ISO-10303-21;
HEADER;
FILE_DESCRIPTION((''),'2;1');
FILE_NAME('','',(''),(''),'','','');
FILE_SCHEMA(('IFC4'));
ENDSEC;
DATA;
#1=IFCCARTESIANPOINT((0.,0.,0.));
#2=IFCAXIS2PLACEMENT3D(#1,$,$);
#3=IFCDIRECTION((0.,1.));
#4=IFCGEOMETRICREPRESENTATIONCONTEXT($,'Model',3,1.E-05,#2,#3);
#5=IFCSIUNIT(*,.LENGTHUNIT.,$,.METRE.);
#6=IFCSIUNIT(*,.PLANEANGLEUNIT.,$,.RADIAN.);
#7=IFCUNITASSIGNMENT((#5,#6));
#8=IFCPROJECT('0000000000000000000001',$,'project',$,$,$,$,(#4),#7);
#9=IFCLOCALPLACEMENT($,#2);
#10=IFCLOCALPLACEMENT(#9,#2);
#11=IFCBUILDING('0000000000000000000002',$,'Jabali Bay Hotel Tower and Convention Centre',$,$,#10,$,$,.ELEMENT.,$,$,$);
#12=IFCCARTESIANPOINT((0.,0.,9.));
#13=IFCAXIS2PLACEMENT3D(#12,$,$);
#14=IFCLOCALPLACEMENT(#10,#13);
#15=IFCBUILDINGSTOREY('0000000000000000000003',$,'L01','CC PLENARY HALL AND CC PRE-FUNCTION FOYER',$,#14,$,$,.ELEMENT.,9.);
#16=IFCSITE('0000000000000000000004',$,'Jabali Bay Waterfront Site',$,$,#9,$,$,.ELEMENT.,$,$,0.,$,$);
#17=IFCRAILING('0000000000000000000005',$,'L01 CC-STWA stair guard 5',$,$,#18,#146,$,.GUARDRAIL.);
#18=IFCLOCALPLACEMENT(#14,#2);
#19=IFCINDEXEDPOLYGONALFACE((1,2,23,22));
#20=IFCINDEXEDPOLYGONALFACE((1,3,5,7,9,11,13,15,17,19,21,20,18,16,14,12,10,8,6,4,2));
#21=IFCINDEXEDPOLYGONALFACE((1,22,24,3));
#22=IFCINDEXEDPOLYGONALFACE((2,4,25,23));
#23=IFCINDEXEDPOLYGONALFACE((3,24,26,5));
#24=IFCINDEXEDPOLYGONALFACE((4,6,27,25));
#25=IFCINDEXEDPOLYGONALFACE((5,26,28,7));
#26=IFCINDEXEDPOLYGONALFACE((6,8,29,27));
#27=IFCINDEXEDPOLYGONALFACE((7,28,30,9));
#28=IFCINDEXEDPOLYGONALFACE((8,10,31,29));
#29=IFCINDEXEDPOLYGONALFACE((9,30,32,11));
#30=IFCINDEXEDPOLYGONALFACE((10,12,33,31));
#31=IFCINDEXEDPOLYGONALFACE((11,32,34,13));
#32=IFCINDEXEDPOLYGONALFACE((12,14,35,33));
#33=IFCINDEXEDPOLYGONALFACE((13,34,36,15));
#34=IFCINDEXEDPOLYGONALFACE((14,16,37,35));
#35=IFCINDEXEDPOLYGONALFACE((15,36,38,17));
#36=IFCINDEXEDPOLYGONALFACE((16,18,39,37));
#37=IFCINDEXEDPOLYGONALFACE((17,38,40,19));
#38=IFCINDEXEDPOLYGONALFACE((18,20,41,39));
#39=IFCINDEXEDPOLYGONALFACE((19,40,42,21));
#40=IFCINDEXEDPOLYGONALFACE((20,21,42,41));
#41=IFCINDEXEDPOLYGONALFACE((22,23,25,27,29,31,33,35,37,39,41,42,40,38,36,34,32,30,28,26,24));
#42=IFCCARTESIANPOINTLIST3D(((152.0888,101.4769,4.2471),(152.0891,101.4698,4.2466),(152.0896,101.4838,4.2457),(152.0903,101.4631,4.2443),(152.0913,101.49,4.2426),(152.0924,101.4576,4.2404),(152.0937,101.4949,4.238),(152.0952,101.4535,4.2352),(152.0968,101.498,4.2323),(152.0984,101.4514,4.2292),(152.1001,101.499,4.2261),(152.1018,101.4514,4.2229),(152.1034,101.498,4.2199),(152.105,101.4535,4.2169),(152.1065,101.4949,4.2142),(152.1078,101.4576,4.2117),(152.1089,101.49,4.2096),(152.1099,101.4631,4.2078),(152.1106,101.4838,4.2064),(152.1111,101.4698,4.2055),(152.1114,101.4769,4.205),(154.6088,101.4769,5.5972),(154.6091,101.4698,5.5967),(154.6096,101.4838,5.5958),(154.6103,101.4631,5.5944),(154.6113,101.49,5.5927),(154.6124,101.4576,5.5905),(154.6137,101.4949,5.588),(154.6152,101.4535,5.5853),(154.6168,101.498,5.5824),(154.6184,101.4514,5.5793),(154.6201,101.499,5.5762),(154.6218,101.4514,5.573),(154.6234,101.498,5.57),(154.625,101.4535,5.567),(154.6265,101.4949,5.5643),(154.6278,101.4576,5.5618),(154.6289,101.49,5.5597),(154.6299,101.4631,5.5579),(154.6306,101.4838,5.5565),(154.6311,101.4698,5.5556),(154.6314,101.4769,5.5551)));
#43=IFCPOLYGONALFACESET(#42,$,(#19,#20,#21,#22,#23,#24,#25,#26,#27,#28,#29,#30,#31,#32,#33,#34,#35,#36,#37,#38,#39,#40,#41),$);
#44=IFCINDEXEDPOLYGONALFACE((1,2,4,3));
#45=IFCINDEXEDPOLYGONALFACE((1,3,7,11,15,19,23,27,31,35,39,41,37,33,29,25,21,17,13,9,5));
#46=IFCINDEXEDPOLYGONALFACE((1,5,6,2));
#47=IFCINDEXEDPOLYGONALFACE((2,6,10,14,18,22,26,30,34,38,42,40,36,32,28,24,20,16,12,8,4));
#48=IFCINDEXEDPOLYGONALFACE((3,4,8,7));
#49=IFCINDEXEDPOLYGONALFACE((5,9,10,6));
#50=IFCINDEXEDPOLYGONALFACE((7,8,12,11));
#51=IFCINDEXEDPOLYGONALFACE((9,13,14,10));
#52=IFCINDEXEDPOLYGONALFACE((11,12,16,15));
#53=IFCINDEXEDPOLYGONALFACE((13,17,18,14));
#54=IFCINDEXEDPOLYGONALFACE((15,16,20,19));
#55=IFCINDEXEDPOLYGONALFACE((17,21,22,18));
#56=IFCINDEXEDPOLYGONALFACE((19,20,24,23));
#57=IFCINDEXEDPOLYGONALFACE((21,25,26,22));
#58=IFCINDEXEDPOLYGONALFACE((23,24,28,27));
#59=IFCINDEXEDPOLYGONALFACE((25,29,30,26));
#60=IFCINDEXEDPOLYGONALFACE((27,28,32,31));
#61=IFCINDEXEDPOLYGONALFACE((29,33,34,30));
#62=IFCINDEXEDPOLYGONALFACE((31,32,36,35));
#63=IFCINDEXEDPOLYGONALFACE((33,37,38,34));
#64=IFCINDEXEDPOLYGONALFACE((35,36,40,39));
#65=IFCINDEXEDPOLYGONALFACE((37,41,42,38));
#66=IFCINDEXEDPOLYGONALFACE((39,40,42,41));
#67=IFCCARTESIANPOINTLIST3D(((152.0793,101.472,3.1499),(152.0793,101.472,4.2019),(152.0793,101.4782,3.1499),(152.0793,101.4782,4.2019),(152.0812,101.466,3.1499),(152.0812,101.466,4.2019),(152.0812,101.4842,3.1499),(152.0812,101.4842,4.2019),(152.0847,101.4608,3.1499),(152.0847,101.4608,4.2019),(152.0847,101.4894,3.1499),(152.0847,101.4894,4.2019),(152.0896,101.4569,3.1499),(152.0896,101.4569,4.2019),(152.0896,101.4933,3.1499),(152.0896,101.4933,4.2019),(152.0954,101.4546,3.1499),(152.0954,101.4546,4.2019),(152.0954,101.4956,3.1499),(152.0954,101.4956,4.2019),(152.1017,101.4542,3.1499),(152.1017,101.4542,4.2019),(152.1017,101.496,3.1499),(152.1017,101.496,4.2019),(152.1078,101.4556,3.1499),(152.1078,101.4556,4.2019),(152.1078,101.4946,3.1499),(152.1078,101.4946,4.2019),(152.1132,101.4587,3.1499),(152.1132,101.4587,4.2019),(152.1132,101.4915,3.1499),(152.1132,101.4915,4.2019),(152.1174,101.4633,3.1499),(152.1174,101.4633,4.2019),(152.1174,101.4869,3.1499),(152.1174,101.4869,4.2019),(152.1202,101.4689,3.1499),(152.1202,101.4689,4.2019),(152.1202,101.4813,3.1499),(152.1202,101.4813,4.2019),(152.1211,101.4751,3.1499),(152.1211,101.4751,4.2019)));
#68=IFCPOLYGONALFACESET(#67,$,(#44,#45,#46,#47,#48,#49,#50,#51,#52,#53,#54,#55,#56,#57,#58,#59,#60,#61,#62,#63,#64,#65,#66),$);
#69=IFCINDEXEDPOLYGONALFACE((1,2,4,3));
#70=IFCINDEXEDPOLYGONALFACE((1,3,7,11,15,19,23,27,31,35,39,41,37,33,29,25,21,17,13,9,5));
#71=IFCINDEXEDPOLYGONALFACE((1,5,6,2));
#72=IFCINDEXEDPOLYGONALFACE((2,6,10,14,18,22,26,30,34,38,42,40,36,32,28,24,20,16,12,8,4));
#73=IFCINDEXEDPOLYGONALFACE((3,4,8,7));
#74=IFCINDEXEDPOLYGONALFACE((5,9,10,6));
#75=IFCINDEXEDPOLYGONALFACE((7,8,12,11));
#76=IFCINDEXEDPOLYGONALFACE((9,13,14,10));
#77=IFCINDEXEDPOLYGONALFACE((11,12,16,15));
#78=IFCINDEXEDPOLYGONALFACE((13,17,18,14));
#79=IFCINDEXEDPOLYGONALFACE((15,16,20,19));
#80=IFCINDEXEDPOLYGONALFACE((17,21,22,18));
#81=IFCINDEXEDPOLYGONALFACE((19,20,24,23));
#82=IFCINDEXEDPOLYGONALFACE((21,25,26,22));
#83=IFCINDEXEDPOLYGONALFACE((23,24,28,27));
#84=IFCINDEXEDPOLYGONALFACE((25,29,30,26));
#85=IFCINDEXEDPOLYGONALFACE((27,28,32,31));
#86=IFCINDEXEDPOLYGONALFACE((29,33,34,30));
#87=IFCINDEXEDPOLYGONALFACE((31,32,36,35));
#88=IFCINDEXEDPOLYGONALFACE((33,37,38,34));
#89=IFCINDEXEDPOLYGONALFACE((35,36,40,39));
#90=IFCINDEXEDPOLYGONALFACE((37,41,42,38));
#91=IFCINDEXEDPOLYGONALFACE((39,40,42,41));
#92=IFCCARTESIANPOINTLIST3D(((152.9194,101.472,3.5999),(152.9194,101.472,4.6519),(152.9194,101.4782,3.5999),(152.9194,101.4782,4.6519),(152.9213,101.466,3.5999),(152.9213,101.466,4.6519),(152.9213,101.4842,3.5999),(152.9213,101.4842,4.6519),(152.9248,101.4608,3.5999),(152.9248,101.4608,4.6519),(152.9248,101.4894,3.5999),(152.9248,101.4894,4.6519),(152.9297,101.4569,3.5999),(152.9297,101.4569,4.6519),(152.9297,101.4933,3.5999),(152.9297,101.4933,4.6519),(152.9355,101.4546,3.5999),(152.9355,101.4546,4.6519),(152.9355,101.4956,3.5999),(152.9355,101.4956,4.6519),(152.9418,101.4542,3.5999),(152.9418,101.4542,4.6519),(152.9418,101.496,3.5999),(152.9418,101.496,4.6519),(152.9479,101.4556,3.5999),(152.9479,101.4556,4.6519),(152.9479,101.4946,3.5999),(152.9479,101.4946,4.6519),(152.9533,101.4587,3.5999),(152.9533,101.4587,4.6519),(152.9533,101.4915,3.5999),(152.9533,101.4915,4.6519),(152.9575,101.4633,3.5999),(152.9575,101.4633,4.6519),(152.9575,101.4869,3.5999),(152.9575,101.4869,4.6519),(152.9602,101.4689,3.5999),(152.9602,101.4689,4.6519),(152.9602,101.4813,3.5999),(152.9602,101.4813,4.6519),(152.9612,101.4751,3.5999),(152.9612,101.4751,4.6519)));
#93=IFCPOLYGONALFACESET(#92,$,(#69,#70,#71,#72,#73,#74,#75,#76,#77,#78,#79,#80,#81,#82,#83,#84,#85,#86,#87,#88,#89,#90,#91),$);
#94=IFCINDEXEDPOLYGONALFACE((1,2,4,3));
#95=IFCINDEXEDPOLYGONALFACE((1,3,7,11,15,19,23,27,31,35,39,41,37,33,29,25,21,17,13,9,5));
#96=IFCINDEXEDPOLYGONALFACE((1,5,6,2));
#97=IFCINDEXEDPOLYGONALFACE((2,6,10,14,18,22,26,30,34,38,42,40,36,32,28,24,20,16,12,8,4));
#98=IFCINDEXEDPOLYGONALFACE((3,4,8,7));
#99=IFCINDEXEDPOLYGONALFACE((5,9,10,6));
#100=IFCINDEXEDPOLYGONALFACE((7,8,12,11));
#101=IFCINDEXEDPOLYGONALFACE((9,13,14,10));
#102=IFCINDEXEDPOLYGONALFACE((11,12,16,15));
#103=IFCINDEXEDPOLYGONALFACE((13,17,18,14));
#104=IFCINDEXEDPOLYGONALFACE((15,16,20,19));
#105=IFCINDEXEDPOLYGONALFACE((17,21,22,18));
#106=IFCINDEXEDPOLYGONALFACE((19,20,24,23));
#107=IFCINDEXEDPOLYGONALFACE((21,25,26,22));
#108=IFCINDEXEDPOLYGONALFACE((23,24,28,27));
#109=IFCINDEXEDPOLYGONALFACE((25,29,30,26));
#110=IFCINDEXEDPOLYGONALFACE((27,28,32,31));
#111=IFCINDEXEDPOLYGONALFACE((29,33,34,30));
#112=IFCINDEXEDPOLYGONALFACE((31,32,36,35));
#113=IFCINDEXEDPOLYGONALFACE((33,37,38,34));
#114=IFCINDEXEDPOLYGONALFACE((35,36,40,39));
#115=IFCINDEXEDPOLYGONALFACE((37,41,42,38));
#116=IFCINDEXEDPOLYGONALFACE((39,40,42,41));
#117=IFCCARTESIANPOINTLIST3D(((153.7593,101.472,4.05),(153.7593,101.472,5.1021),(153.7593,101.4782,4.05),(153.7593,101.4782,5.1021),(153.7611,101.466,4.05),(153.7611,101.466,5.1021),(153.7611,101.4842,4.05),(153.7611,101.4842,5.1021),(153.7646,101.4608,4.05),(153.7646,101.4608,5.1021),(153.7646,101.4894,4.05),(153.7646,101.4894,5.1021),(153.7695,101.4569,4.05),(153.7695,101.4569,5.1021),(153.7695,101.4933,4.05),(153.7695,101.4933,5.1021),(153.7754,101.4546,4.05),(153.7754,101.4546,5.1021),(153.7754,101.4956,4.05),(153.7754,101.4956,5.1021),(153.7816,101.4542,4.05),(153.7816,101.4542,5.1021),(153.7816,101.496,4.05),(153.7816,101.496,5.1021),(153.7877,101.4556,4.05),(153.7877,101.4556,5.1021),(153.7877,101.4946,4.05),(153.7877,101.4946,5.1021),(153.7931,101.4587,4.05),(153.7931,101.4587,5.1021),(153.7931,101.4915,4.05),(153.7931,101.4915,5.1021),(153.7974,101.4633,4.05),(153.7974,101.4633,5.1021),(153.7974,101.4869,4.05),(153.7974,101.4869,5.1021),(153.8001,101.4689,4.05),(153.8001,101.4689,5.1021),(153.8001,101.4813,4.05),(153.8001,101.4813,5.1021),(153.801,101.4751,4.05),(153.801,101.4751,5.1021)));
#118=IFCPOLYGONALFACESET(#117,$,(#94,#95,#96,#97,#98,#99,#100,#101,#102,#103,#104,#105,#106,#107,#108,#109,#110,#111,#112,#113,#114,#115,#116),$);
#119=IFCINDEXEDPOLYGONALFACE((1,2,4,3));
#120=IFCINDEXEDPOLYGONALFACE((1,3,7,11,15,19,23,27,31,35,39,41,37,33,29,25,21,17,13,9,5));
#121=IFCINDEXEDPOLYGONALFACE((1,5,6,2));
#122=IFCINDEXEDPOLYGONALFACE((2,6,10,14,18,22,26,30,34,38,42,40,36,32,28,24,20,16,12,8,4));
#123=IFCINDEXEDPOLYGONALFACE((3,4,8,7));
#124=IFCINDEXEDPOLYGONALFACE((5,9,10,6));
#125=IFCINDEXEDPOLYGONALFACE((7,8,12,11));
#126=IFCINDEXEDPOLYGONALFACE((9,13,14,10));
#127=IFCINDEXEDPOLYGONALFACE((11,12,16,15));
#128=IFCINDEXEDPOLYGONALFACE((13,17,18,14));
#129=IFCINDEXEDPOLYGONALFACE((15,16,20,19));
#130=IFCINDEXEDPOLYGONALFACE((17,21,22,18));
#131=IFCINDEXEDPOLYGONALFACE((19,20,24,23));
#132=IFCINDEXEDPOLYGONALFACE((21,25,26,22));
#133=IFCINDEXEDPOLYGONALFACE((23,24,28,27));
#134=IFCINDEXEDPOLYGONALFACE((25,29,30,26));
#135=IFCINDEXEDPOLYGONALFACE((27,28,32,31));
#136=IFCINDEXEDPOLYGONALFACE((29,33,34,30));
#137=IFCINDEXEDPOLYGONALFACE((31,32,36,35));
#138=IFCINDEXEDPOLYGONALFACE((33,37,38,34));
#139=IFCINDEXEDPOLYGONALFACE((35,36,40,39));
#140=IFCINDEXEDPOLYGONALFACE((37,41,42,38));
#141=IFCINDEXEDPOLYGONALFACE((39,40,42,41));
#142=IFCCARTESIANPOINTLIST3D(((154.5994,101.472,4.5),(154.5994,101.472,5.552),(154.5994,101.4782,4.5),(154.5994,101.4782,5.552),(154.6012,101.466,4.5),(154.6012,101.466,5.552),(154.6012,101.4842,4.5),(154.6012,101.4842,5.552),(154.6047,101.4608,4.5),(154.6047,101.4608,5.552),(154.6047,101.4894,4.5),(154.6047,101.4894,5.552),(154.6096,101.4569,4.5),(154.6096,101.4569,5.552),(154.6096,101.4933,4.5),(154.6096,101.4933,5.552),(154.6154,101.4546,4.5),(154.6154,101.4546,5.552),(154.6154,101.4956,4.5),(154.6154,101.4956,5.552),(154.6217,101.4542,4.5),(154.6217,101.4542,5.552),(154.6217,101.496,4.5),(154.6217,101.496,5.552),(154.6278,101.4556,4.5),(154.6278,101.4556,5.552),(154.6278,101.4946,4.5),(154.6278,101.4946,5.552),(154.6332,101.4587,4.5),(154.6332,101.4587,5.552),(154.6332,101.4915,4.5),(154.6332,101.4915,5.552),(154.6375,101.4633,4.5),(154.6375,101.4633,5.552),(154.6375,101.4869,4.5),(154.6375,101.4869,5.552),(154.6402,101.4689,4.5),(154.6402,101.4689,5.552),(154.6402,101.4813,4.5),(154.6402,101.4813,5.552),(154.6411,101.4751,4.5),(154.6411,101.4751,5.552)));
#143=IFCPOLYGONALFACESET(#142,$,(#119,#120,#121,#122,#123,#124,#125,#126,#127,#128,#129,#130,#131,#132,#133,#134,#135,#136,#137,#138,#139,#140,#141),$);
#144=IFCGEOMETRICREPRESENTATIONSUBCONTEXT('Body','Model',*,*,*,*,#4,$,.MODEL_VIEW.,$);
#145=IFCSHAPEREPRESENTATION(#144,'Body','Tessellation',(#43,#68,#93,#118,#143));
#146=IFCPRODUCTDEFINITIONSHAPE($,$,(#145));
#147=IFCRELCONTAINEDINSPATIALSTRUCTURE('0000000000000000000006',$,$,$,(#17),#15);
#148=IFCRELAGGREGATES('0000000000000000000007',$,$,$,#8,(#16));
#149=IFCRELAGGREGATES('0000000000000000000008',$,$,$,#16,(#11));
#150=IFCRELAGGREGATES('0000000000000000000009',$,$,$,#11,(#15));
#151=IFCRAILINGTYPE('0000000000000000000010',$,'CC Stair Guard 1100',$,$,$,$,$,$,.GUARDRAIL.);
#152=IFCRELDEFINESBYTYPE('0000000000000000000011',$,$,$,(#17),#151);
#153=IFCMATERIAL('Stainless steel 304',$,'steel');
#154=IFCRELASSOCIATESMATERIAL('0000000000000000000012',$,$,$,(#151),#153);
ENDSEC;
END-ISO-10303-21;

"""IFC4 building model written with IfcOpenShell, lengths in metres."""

from ifc_helpers import new_model, si_unit, direction, frame, origin, origin_2d, place, context, subcontext, project, spatial, circle, extrude, material, type_object, element, save


model = new_model("IFC4")

# Units and contexts
model_context = context("Model", 3, precision=1e-05, world=origin(), true_north=direction((0.0, 1.0)))
body_context = subcontext(model_context, "Body", "Model", "MODEL_VIEW")
ifc_project = project(units=[si_unit("LENGTHUNIT", "METRE"), si_unit("PLANEANGLEUNIT", "RADIAN")], contexts=[model_context])

# Site, building, storey
site_placement = place(None, origin())
site = spatial("IfcSite", under=ifc_project, at=site_placement, Name="Jabali Bay Waterfront Site", CompositionType="ELEMENT", RefElevation=0.0)
building_placement = place(site_placement, origin())
building = spatial("IfcBuilding", under=site, at=building_placement, Name="Jabali Bay Hotel Tower and Convention Centre", CompositionType="ELEMENT")
storey_placement = place(building_placement, frame((0.0, 0.0, 9.0)))
storey = spatial("IfcBuildingStorey", under=building, at=storey_placement, Name="L01", Description="CC PLENARY HALL AND CC PRE-FUNCTION FOYER", CompositionType="ELEMENT", Elevation=9.0)

# Railing
ifc_material_1 = material(Name="Stainless steel 304", Category="steel")
railing_type_1 = type_object("IfcRailingType", Name="CC Stair Guard 1100", PredefinedType="GUARDRAIL", material=ifc_material_1)
for number, where, name in (
    (1, (152.1001, 101.4751, 3.1499), "L01 CC-STWA stair guard 5"),
):
    element("IfcRailing", number, at=place(storey_placement, frame(where)), inside=storey, type_object=railing_type_1, Name=name, PredefinedType="GUARDRAIL", context=body_context, shape_type="SweptSolid", body=[
        extrude(circle(Radius=0.0239, at=origin_2d()), frame((0.0, 0.0, 1.0762), z_axis=(0.881467, 0.0, 0.472245), x_axis=(0.0, 1.0, 0.0)), (0.0, 0.0, 1.0), 2.8589),
        extrude(circle(Radius=0.021, at=origin_2d()), origin(), (0.0, 0.0, 1.0), 1.052),
        extrude(circle(Radius=0.021, at=origin_2d()), frame((0.8401, 0.0, 0.45)), (0.0, 0.0, 1.0), 1.052),
        extrude(circle(Radius=0.021, at=origin_2d()), frame((1.6799, 0.0, 0.9001)), (0.0, 0.0, 1.0), 1.052),
        extrude(circle(Radius=0.021, at=origin_2d()), frame((2.52, 0.0, 1.3501)), (0.0, 0.0, 1.0), 1.052),
    ])

save(model, "model.ifc")
